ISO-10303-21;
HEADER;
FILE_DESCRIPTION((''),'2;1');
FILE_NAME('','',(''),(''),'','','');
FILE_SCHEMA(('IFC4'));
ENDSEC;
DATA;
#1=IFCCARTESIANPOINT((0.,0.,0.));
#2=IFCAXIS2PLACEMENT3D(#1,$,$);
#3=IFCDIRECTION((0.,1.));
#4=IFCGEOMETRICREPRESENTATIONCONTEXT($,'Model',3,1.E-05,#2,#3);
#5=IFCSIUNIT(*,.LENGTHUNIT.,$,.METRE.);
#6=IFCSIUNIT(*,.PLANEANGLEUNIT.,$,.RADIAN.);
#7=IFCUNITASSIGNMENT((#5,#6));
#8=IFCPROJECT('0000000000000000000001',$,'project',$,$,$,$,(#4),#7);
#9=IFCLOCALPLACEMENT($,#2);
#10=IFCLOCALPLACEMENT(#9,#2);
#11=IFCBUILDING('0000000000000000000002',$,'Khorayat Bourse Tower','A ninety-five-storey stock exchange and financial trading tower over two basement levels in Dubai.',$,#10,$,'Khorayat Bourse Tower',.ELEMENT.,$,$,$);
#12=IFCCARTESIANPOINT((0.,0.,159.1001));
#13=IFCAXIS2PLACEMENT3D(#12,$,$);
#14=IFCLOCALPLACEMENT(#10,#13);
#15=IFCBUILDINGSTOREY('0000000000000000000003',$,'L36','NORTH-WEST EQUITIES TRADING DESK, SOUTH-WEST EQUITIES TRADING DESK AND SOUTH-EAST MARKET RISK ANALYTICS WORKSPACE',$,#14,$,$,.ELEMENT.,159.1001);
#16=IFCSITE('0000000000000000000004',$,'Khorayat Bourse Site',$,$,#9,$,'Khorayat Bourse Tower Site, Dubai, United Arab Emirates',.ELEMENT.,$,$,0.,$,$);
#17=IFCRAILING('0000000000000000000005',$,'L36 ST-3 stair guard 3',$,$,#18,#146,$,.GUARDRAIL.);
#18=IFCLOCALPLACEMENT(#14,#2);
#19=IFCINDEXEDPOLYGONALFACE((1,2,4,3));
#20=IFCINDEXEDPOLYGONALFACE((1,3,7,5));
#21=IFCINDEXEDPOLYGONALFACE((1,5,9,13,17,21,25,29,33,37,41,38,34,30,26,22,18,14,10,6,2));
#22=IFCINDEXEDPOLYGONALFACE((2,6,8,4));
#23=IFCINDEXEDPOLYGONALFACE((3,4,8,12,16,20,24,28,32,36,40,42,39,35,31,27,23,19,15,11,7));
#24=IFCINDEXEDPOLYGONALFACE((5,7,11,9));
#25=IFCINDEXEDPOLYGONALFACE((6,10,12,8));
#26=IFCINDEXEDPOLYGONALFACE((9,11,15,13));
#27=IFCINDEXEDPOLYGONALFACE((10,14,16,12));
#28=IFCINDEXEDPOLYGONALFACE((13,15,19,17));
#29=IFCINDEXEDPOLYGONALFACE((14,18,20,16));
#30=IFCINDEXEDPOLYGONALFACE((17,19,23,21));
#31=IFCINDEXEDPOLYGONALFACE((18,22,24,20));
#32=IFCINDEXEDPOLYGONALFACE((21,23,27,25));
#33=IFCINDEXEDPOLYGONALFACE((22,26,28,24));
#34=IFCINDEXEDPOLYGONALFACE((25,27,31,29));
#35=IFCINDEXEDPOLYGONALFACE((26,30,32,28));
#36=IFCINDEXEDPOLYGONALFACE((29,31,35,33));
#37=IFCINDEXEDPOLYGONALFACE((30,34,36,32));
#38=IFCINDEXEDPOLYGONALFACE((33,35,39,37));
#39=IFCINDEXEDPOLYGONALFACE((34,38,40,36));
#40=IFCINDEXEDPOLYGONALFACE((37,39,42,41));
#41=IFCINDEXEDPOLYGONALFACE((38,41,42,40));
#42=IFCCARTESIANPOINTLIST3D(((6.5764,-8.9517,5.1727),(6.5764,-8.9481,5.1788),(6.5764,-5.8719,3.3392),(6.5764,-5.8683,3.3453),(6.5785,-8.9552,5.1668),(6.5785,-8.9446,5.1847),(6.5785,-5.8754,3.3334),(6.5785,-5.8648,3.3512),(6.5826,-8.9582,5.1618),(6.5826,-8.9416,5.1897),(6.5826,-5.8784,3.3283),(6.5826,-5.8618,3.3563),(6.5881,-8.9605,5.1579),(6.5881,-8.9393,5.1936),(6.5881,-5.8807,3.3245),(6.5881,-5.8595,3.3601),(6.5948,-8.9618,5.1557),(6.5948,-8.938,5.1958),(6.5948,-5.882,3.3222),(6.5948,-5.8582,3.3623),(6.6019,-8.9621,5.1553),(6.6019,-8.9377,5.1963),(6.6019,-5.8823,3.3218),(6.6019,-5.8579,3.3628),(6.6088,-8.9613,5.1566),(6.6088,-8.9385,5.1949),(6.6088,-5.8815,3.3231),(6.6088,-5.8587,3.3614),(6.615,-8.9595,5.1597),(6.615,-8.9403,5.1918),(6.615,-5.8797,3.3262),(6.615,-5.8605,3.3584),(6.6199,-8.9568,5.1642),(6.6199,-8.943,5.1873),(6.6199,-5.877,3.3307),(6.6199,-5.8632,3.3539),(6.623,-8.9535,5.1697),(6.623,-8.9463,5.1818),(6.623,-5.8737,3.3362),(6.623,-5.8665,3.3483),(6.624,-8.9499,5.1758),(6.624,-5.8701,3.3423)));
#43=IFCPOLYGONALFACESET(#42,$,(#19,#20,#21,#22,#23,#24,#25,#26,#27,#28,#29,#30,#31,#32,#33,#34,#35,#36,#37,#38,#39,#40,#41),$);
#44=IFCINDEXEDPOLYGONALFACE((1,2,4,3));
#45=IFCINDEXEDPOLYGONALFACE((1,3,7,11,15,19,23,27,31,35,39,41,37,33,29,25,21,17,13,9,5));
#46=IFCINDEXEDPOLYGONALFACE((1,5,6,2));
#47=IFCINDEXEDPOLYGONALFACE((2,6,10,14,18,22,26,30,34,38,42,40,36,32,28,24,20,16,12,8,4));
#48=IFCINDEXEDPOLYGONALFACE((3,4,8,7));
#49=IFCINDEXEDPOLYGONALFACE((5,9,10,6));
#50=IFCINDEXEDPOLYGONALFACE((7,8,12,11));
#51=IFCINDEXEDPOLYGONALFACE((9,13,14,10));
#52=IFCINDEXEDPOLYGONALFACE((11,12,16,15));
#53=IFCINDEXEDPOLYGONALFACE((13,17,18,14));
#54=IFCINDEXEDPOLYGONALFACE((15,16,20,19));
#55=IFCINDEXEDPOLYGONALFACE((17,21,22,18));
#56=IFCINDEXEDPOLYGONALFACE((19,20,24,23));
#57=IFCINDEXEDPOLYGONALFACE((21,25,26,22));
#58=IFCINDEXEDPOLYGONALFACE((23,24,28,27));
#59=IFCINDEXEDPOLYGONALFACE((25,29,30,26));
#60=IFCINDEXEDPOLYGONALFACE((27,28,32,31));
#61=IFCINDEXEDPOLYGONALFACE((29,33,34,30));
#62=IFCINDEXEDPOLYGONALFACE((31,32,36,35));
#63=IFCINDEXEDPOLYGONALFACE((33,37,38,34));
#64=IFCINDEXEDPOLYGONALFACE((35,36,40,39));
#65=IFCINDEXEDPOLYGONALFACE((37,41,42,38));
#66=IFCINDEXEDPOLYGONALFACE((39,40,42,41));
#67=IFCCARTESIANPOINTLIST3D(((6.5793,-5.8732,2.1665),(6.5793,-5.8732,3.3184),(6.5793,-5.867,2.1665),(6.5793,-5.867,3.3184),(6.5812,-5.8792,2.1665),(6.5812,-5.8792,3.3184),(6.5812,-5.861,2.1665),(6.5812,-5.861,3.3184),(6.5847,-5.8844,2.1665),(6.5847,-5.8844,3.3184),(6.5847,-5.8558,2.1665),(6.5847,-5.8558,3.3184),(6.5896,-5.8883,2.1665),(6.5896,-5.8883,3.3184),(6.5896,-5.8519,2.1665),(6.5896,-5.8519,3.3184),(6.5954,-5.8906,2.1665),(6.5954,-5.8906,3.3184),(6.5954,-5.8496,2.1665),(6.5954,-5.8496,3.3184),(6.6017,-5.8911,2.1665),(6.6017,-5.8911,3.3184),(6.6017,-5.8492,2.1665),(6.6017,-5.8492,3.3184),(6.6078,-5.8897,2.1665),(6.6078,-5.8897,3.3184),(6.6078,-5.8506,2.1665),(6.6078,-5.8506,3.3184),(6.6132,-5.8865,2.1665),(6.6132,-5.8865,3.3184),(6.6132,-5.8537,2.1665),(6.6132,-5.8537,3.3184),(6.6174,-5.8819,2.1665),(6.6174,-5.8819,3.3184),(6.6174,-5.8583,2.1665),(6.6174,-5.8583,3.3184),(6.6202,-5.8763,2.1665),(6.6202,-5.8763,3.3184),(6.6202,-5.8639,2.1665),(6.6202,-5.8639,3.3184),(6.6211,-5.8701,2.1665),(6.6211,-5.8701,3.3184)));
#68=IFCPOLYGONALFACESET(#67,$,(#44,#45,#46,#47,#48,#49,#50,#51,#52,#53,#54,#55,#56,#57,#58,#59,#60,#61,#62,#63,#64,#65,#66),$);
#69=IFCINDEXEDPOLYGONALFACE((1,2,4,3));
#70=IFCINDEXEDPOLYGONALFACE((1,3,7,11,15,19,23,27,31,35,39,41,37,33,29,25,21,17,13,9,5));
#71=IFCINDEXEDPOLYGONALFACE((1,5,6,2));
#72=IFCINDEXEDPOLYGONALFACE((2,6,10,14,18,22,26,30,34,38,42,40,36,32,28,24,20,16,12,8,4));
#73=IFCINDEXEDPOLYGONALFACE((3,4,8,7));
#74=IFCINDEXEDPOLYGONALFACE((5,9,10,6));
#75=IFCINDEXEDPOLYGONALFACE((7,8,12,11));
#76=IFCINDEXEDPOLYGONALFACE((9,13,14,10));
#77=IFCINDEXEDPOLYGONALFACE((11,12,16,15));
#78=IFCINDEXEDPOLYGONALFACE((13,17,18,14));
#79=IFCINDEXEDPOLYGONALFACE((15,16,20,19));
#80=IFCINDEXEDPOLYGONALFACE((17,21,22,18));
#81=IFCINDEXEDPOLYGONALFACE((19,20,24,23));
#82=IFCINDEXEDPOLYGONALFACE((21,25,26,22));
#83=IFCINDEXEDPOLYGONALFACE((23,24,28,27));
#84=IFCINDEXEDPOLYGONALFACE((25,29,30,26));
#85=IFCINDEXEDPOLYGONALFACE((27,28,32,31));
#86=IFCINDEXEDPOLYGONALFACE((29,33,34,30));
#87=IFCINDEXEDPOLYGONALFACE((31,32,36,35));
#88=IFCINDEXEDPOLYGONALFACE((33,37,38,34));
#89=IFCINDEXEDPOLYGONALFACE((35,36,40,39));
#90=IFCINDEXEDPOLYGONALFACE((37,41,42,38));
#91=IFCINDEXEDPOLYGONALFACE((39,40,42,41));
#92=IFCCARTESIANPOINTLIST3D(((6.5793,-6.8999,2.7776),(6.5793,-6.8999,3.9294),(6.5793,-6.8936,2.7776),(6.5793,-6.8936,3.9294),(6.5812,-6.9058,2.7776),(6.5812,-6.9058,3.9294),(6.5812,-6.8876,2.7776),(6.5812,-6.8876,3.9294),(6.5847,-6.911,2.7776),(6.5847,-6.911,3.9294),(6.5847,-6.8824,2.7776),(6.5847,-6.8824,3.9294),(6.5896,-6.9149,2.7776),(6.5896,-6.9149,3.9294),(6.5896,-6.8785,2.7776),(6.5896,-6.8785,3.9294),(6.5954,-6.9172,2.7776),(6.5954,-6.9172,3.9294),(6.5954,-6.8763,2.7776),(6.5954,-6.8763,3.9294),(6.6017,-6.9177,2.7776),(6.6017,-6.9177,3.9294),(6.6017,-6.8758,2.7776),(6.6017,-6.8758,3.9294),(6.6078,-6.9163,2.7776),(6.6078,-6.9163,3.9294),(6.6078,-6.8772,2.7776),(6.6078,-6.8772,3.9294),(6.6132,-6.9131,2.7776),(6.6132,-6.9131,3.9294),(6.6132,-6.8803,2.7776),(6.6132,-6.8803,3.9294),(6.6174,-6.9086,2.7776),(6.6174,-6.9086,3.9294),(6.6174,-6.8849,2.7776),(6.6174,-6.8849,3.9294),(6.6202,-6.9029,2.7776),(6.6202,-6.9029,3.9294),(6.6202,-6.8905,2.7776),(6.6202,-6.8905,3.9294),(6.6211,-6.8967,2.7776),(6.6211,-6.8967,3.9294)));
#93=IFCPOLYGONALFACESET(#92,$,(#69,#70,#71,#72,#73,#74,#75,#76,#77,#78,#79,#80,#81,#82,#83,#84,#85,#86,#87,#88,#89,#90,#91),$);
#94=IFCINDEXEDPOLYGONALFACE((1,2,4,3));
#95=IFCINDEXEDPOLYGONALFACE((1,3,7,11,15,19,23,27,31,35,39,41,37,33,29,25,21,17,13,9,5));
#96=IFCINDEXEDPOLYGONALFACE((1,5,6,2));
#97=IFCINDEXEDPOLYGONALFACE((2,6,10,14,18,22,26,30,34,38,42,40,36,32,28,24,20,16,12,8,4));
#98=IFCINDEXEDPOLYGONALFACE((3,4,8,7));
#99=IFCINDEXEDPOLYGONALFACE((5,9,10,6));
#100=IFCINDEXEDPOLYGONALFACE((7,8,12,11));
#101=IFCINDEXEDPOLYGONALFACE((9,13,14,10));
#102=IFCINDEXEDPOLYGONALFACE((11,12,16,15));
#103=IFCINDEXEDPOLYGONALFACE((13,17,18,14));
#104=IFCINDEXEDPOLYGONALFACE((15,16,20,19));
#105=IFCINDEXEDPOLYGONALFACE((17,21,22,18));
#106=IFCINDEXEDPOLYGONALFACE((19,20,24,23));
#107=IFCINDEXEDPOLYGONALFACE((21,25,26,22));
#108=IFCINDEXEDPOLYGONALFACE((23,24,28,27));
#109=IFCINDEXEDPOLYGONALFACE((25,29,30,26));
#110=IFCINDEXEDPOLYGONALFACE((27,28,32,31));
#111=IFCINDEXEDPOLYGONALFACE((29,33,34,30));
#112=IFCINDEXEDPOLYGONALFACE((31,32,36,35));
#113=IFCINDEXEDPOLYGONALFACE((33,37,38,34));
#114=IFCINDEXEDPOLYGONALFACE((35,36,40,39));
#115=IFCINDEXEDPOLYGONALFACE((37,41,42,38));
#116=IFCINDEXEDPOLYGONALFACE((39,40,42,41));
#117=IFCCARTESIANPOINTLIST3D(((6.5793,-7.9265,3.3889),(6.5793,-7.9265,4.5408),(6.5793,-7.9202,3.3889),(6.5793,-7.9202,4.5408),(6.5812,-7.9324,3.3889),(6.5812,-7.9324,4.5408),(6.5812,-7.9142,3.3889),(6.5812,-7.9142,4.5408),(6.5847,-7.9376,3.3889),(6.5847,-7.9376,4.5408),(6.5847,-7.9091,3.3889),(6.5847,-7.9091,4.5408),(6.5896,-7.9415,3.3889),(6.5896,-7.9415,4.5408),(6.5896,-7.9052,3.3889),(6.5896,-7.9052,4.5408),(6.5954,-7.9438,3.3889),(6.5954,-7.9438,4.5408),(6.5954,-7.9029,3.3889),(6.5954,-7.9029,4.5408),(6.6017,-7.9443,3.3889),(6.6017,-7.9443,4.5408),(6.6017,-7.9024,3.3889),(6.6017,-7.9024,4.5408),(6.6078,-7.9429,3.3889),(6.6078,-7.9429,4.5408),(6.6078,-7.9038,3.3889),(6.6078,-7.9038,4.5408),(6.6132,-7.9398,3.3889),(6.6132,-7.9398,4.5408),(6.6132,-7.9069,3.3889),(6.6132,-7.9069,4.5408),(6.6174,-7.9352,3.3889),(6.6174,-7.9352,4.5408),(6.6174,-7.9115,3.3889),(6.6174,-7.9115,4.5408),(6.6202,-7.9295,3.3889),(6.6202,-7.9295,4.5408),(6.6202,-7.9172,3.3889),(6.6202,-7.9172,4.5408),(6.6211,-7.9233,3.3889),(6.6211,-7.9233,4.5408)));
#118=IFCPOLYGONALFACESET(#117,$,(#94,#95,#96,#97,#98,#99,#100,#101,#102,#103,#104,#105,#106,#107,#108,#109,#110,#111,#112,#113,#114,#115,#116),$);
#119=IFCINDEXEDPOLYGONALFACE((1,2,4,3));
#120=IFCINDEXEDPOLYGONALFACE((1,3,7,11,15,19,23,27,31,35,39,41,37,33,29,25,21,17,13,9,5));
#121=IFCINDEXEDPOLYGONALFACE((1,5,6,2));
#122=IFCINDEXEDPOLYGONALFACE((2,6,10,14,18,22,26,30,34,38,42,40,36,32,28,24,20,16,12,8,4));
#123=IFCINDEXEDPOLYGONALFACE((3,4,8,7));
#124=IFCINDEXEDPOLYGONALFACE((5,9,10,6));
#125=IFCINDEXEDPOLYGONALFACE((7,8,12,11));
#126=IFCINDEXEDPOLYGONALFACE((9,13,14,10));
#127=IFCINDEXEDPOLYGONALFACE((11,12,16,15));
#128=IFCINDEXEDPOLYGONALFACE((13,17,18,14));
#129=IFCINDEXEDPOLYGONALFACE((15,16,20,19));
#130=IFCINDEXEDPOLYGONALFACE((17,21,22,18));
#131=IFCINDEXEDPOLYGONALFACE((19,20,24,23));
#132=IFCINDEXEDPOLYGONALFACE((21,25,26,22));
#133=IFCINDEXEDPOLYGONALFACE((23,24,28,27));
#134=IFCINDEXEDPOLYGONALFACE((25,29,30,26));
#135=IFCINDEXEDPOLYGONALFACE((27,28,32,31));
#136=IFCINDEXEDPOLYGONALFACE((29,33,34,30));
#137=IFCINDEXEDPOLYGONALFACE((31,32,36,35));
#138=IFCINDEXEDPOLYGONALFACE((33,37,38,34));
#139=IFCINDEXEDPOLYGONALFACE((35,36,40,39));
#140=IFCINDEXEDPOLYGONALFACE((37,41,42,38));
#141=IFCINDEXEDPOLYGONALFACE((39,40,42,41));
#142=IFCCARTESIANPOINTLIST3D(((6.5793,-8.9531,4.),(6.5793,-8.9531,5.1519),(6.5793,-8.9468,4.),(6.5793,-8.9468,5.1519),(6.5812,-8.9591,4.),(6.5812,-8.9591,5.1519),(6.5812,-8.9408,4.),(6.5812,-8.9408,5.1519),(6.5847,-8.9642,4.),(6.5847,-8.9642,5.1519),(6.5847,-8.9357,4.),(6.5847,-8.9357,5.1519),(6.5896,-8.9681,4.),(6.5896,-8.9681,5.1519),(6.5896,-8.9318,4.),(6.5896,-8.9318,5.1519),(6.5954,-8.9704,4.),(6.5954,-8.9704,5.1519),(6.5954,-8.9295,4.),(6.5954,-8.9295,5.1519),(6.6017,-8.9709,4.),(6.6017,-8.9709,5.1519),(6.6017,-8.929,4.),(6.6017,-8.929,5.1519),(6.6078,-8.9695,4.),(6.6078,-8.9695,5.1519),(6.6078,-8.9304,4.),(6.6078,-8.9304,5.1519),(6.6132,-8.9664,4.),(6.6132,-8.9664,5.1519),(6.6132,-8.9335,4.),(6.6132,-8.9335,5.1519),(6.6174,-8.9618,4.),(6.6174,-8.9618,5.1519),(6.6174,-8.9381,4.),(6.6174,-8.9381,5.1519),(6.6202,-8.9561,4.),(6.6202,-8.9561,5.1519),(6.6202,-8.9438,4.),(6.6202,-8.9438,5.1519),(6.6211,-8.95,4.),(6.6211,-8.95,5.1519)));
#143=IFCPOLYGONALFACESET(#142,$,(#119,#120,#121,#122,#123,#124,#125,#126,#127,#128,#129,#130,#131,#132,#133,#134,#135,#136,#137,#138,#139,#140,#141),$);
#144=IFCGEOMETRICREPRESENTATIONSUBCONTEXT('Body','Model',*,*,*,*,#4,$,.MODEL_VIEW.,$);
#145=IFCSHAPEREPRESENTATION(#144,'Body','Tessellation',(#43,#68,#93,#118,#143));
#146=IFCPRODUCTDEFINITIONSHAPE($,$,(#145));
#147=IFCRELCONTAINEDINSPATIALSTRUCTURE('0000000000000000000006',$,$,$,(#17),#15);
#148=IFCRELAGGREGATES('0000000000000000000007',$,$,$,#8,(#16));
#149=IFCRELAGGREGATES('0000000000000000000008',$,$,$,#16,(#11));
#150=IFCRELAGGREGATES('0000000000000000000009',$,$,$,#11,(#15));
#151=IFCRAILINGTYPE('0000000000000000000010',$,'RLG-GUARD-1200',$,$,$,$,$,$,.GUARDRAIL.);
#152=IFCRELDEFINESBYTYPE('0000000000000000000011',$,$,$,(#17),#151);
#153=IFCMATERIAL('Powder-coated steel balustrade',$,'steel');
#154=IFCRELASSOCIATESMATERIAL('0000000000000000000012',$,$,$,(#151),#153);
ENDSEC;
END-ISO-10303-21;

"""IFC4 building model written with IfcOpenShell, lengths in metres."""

from ifc_helpers import new_model, si_unit, direction, frame, origin, origin_2d, place, context, subcontext, project, spatial, circle, extrude, source, transform, mapped, material, type_object, element, save


model = new_model("IFC4")

# Units and contexts
model_context = context("Model", 3, precision=1e-05, world=origin(), true_north=direction((0.0, 1.0)))
body_context = subcontext(model_context, "Body", "Model", "MODEL_VIEW")
ifc_project = project(units=[si_unit("LENGTHUNIT", "METRE"), si_unit("PLANEANGLEUNIT", "RADIAN")], contexts=[model_context])

# Site, building, storey
site_placement = place(None, origin())
site = spatial("IfcSite", under=ifc_project, at=site_placement, Name="Khorayat Bourse Site", LongName="Khorayat Bourse Tower Site, Dubai, United Arab Emirates", CompositionType="ELEMENT", RefElevation=0.0)
building_placement = place(site_placement, origin())
building = spatial("IfcBuilding", under=site, at=building_placement, Name="Khorayat Bourse Tower", Description="A ninety-five-storey stock exchange and financial trading tower over two basement levels in Dubai.", LongName="Khorayat Bourse Tower", CompositionType="ELEMENT")
storey_placement = place(building_placement, frame((0.0, 0.0, 159.1001)))
storey = spatial("IfcBuildingStorey", under=building, at=storey_placement, Name="L36", Description="NORTH-WEST EQUITIES TRADING DESK, SOUTH-WEST EQUITIES TRADING DESK AND SOUTH-EAST MARKET RISK ANALYTICS WORKSPACE", CompositionType="ELEMENT", Elevation=159.1001)

# Railing
ifc_material_1 = material(Name="Powder-coated steel balustrade", Category="steel")
railing_type_1 = type_object("IfcRailingType", Name="RLG-GUARD-1200", PredefinedType="GUARDRAIL", material=ifc_material_1)
shared_shape_1 = source(origin(), body_context, "Body", "SweptSolid", [
    extrude(circle(Radius=0.0239, at=origin_2d()), frame((0.0, 0.0, 1.1758), z_axis=(0.0, -0.859261, 0.511538), x_axis=(1.0, 0.0, 0.0)), (0.0, 0.0, 1.0), 3.5842),
    extrude(circle(Radius=0.021, at=origin_2d()), origin(), (0.0, 0.0, 1.0), 1.1519),
    extrude(circle(Radius=0.021, at=origin_2d()), frame((0.0, -1.0266, 0.6111)), (0.0, 0.0, 1.0), 1.1519),
    extrude(circle(Radius=0.021, at=origin_2d()), frame((0.0, -2.0532, 1.2224)), (0.0, 0.0, 1.0), 1.1519),
    extrude(circle(Radius=0.021, at=origin_2d()), frame((0.0, -3.0798, 1.8335)), (0.0, 0.0, 1.0), 1.1519),
])
railing_1_placement = place(storey_placement, frame((6.6001, -5.8701, 2.1665)))
element("IfcRailing", 1, at=railing_1_placement, inside=storey, type_object=railing_type_1, Name="L36 ST-3 stair guard 3", PredefinedType="GUARDRAIL", context=body_context, shape_type="MappedRepresentation", body=[
    mapped(shared_shape_1, transform((0.0, 0.0, 0.0), scale=1.0)),
])

save(model, "model.ifc")
